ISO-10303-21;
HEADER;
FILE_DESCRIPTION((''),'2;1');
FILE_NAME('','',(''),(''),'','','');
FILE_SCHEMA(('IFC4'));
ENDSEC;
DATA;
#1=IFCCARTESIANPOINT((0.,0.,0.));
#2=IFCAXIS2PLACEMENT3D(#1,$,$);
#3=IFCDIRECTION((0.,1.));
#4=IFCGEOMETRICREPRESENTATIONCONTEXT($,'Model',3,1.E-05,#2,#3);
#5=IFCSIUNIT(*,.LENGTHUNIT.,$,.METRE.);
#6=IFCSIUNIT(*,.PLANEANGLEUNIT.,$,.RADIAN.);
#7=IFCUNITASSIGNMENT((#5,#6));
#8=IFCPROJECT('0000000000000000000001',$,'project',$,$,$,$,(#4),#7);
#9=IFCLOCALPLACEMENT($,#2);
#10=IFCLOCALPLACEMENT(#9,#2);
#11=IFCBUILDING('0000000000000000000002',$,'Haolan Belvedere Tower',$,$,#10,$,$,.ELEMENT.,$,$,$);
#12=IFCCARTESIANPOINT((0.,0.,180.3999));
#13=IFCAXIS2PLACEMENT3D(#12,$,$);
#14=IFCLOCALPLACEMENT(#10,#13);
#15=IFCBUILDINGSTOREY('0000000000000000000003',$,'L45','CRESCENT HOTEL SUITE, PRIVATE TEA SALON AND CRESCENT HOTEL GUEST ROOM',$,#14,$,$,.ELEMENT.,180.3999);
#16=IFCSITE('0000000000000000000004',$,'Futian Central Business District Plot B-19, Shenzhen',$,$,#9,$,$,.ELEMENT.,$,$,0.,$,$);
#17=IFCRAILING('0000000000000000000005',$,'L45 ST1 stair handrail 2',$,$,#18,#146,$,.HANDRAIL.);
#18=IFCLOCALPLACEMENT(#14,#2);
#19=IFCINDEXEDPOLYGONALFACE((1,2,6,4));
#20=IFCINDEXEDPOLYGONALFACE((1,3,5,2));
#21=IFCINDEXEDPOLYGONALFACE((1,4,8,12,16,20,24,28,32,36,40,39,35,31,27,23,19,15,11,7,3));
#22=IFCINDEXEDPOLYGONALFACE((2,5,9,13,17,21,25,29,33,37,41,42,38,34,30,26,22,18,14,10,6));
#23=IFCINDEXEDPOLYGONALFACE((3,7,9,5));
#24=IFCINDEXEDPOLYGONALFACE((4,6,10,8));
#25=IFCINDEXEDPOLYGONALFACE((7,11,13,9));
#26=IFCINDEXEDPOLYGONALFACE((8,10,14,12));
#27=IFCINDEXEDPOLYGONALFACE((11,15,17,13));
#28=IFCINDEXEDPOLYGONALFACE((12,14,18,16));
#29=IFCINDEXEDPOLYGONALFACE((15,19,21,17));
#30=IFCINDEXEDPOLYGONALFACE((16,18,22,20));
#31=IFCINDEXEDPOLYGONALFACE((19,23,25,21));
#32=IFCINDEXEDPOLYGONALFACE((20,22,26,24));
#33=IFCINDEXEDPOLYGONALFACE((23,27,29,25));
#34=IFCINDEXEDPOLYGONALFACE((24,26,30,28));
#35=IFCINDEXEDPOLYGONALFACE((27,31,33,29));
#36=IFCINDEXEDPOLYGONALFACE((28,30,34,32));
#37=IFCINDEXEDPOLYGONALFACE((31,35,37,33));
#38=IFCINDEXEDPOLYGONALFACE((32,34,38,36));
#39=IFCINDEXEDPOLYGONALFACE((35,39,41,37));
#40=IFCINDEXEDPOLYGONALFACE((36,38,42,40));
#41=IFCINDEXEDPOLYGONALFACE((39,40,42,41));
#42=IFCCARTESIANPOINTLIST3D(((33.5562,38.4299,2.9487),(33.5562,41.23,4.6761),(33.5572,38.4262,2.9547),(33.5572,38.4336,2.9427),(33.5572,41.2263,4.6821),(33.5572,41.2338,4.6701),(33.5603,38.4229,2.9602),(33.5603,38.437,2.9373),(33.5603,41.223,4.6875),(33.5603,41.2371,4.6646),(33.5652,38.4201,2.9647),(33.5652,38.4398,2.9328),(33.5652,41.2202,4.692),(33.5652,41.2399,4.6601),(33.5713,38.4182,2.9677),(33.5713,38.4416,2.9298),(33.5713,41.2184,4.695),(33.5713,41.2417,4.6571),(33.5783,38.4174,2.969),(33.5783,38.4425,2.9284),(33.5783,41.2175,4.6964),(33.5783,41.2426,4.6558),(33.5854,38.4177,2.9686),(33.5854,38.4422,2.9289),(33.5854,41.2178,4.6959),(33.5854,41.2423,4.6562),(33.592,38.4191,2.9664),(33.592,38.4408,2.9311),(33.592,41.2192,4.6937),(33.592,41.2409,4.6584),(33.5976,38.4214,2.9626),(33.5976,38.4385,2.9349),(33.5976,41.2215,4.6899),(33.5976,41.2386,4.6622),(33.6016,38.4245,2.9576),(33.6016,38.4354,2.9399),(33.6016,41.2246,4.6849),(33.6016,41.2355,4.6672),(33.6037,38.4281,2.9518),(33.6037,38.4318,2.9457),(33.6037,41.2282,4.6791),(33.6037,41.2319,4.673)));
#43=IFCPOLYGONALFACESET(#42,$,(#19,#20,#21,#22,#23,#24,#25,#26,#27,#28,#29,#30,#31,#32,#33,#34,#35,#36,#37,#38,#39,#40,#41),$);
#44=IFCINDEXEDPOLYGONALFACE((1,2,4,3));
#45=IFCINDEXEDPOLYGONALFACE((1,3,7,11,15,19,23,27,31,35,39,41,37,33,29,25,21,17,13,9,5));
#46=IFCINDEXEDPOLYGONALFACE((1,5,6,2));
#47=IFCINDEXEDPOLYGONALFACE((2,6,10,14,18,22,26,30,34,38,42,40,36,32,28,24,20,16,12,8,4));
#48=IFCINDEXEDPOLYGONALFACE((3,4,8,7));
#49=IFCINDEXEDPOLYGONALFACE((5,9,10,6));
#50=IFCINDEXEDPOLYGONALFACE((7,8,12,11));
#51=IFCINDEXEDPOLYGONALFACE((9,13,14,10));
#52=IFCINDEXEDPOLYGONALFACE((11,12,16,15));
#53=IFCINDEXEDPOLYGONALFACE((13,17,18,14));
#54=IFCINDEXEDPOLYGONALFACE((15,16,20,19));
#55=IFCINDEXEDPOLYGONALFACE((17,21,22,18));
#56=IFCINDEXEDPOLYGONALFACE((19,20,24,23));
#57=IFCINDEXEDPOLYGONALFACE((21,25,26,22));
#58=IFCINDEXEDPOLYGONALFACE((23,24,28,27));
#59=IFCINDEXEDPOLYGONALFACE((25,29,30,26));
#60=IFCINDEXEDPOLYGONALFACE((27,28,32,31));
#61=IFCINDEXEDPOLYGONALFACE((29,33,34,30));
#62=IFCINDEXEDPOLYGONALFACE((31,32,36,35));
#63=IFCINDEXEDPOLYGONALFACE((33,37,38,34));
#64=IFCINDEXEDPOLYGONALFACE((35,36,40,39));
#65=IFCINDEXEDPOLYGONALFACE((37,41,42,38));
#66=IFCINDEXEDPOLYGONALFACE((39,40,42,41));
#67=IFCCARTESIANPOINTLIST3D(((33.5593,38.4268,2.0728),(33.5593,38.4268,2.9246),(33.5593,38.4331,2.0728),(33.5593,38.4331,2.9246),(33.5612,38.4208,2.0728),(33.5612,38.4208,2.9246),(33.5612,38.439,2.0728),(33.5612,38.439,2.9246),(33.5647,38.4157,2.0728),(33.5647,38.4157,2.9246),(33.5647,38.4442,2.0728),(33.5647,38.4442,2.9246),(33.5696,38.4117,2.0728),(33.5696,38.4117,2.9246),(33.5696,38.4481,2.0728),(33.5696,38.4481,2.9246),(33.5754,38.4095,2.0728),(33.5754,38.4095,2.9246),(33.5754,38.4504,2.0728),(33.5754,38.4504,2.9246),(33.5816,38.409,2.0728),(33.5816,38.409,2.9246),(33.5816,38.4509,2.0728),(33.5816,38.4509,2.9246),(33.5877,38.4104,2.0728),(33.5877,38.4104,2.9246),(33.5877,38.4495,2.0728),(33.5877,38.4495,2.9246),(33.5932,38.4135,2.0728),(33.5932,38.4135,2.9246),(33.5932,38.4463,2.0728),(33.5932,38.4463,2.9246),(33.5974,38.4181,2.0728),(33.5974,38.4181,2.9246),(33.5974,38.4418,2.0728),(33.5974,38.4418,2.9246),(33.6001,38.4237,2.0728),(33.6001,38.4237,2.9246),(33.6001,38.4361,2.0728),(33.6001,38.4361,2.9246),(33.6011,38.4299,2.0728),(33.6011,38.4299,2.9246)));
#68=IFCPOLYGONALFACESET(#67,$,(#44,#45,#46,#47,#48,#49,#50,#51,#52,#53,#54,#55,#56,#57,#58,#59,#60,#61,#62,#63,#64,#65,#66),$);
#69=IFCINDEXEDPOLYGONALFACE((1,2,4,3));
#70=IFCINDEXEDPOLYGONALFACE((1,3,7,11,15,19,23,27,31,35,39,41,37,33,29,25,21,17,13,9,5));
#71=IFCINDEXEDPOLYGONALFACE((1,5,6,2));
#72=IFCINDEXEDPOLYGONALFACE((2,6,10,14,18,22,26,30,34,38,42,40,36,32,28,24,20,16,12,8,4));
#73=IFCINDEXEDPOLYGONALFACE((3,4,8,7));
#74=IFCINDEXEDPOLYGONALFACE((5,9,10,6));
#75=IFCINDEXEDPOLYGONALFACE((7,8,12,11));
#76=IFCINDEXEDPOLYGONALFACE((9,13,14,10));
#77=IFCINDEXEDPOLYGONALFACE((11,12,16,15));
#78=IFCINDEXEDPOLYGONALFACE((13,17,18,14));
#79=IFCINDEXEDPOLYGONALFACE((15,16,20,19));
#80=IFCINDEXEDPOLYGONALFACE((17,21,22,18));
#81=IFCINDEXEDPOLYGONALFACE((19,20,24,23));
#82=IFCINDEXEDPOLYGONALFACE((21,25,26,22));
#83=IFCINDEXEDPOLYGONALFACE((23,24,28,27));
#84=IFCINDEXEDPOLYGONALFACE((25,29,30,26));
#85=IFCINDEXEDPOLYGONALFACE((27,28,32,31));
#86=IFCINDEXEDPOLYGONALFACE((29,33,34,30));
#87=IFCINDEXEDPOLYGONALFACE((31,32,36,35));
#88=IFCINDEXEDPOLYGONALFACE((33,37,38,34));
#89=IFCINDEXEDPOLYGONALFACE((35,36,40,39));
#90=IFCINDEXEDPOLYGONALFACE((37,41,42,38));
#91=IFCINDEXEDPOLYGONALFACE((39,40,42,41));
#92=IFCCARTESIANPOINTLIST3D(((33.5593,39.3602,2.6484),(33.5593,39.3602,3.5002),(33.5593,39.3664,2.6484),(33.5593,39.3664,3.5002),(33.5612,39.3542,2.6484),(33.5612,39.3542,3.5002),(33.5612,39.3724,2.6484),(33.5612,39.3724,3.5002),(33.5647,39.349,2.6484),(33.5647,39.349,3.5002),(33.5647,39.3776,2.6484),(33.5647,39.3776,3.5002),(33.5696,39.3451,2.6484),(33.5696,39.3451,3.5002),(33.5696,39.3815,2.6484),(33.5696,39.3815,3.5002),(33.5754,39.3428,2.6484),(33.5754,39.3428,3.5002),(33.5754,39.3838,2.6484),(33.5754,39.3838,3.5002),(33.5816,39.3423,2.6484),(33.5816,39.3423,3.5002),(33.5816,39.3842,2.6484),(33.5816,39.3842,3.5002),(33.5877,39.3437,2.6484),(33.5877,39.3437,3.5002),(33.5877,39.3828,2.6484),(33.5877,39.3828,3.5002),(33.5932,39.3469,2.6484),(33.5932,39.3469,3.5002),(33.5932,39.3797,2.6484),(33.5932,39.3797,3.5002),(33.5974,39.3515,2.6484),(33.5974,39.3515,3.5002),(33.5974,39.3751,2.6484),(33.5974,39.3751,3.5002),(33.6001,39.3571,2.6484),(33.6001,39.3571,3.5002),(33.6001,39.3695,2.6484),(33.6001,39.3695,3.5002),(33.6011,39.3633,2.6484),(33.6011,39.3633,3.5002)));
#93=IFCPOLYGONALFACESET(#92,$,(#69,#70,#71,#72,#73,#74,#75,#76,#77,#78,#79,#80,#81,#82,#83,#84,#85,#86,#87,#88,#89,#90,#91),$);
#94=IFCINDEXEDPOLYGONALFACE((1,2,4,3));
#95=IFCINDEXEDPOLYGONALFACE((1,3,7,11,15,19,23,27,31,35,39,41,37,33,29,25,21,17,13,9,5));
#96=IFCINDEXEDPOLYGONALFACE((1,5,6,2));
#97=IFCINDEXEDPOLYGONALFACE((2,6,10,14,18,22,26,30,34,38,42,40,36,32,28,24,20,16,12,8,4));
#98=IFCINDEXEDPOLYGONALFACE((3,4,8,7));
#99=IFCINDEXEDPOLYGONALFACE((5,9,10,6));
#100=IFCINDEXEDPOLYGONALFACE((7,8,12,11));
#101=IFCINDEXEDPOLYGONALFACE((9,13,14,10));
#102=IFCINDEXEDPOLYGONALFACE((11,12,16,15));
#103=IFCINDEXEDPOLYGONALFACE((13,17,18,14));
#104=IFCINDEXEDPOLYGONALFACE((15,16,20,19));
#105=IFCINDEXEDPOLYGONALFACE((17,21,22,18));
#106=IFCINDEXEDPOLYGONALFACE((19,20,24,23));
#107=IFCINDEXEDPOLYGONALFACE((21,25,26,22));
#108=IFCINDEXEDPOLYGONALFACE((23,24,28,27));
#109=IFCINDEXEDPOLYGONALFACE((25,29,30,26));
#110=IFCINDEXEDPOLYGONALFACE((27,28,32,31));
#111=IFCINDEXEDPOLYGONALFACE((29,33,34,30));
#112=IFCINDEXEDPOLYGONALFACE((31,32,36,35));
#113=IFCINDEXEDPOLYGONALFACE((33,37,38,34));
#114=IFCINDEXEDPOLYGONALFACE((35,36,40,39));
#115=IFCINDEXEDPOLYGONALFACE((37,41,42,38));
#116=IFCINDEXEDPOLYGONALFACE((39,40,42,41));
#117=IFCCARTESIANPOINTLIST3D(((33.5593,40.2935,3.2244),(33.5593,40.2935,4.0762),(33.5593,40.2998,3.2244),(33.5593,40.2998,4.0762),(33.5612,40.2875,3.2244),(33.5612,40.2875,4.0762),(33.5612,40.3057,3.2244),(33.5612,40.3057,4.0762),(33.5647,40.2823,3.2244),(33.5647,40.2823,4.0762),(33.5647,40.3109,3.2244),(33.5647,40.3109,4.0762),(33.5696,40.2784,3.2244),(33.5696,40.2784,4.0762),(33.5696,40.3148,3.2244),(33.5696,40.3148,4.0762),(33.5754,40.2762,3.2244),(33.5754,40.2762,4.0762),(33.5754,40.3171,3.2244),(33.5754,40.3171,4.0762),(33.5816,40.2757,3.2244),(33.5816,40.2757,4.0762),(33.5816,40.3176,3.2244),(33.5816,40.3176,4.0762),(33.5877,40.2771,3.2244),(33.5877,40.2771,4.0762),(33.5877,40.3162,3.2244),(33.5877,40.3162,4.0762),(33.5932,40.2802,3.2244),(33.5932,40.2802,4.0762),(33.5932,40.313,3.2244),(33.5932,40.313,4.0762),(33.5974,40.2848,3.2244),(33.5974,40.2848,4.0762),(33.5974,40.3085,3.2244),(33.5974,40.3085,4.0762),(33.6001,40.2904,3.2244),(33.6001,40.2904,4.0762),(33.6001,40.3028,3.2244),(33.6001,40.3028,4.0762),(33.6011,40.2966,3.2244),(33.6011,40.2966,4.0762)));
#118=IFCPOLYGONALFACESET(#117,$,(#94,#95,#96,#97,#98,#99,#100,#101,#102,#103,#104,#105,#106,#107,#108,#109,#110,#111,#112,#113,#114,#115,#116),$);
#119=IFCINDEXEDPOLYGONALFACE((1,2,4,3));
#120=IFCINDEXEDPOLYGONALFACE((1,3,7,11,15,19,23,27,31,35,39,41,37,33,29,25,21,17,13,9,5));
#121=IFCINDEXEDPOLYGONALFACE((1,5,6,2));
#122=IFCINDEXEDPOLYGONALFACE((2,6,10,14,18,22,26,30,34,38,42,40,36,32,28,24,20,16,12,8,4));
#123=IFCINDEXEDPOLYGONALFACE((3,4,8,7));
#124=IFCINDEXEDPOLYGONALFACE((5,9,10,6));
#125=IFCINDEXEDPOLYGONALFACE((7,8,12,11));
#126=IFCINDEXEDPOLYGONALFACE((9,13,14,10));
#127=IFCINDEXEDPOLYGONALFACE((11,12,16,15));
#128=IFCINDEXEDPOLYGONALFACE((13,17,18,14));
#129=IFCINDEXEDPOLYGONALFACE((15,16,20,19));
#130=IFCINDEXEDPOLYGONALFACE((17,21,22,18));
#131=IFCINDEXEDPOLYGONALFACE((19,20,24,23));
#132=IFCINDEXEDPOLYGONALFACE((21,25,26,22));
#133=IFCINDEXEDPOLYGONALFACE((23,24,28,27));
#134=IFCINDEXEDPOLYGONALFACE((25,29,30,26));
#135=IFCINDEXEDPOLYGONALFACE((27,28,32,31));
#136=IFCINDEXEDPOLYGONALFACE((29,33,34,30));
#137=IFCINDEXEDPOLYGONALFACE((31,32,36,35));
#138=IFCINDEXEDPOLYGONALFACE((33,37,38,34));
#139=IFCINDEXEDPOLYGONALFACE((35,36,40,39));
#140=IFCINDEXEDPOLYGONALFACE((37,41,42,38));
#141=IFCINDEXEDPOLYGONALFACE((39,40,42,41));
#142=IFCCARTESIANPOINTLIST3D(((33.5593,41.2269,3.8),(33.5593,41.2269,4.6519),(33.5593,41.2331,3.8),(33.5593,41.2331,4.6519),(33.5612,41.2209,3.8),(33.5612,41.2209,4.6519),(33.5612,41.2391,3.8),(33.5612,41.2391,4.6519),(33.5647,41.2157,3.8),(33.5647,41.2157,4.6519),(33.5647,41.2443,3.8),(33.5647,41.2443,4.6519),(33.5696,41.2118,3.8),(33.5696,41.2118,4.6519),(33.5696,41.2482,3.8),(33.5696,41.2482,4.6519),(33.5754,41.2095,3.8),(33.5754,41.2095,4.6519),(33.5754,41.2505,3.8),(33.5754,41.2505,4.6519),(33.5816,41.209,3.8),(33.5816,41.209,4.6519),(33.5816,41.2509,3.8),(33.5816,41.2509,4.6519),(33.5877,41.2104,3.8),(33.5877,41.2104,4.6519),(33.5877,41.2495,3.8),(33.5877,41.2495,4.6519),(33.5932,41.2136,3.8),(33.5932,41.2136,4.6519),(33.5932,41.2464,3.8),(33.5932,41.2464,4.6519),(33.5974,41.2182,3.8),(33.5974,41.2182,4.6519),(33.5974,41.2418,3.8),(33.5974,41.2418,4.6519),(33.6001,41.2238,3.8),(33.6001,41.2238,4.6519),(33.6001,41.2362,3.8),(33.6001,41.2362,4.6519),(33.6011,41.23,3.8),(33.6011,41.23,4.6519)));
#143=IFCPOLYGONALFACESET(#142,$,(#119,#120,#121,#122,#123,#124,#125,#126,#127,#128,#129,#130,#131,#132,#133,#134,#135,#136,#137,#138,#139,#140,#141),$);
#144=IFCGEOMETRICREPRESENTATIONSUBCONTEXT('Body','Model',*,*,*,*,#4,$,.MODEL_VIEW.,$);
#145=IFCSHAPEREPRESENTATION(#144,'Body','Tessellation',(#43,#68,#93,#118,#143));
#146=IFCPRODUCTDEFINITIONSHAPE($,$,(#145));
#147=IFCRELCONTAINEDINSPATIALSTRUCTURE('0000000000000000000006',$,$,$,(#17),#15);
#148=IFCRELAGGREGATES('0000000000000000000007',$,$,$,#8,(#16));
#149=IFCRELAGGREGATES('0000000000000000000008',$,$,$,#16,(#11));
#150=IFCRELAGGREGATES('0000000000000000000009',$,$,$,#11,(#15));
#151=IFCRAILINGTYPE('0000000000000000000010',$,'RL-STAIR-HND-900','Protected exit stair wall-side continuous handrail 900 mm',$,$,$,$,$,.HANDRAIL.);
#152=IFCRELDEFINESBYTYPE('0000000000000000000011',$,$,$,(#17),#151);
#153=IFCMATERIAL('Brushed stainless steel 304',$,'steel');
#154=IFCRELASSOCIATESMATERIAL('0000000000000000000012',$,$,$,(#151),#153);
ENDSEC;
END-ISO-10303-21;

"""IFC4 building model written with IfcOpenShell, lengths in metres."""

from ifc_helpers import new_model, si_unit, direction, frame, origin, origin_2d, place, context, subcontext, project, spatial, circle, extrude, material, type_object, element, save


model = new_model("IFC4")

# Units and contexts
model_context = context("Model", 3, precision=1e-05, world=origin(), true_north=direction((0.0, 1.0)))
body_context = subcontext(model_context, "Body", "Model", "MODEL_VIEW")
ifc_project = project(units=[si_unit("LENGTHUNIT", "METRE"), si_unit("PLANEANGLEUNIT", "RADIAN")], contexts=[model_context])

# Site, building, storey
site_placement = place(None, origin())
site = spatial("IfcSite", under=ifc_project, at=site_placement, Name="Futian Central Business District Plot B-19, Shenzhen", CompositionType="ELEMENT", RefElevation=0.0)
building_placement = place(site_placement, origin())
building = spatial("IfcBuilding", under=site, at=building_placement, Name="Haolan Belvedere Tower", CompositionType="ELEMENT")
storey_placement = place(building_placement, frame((0.0, 0.0, 180.3999)))
storey = spatial("IfcBuildingStorey", under=building, at=storey_placement, Name="L45", Description="CRESCENT HOTEL SUITE, PRIVATE TEA SALON AND CRESCENT HOTEL GUEST ROOM", CompositionType="ELEMENT", Elevation=180.3999)

# Railing
ifc_material_1 = material(Name="Brushed stainless steel 304", Category="steel")
railing_type_1 = type_object("IfcRailingType", Name="RL-STAIR-HND-900", Description="Protected exit stair wall-side continuous handrail 900 mm", PredefinedType="HANDRAIL", material=ifc_material_1)
railing_1_placement = place(storey_placement, frame((33.5801, 38.4299, 2.0728)))
element("IfcRailing", 1, at=railing_1_placement, inside=storey, type_object=railing_type_1, Name="L45 ST1 stair handrail 2", PredefinedType="HANDRAIL", context=body_context, shape_type="SweptSolid", body=[
    extrude(circle(Radius=0.0239, at=origin_2d()), frame((0.0, 0.0, 0.876), z_axis=(0.0, 0.85109, 0.52502), x_axis=(-1.0, 0.0, 0.0)), (0.0, 0.0, 1.0), 3.29),
    extrude(circle(Radius=0.021, at=origin_2d()), origin(), (0.0, 0.0, 1.0), 0.8518),
    extrude(circle(Radius=0.021, at=origin_2d()), frame((0.0, 0.9333, 0.5757)), (0.0, 0.0, 1.0), 0.8518),
    extrude(circle(Radius=0.021, at=origin_2d()), frame((0.0, 1.8667, 1.1516)), (0.0, 0.0, 1.0), 0.8518),
    extrude(circle(Radius=0.021, at=origin_2d()), frame((0.0, 2.8, 1.7273)), (0.0, 0.0, 1.0), 0.8518),
])

save(model, "model.ifc")
